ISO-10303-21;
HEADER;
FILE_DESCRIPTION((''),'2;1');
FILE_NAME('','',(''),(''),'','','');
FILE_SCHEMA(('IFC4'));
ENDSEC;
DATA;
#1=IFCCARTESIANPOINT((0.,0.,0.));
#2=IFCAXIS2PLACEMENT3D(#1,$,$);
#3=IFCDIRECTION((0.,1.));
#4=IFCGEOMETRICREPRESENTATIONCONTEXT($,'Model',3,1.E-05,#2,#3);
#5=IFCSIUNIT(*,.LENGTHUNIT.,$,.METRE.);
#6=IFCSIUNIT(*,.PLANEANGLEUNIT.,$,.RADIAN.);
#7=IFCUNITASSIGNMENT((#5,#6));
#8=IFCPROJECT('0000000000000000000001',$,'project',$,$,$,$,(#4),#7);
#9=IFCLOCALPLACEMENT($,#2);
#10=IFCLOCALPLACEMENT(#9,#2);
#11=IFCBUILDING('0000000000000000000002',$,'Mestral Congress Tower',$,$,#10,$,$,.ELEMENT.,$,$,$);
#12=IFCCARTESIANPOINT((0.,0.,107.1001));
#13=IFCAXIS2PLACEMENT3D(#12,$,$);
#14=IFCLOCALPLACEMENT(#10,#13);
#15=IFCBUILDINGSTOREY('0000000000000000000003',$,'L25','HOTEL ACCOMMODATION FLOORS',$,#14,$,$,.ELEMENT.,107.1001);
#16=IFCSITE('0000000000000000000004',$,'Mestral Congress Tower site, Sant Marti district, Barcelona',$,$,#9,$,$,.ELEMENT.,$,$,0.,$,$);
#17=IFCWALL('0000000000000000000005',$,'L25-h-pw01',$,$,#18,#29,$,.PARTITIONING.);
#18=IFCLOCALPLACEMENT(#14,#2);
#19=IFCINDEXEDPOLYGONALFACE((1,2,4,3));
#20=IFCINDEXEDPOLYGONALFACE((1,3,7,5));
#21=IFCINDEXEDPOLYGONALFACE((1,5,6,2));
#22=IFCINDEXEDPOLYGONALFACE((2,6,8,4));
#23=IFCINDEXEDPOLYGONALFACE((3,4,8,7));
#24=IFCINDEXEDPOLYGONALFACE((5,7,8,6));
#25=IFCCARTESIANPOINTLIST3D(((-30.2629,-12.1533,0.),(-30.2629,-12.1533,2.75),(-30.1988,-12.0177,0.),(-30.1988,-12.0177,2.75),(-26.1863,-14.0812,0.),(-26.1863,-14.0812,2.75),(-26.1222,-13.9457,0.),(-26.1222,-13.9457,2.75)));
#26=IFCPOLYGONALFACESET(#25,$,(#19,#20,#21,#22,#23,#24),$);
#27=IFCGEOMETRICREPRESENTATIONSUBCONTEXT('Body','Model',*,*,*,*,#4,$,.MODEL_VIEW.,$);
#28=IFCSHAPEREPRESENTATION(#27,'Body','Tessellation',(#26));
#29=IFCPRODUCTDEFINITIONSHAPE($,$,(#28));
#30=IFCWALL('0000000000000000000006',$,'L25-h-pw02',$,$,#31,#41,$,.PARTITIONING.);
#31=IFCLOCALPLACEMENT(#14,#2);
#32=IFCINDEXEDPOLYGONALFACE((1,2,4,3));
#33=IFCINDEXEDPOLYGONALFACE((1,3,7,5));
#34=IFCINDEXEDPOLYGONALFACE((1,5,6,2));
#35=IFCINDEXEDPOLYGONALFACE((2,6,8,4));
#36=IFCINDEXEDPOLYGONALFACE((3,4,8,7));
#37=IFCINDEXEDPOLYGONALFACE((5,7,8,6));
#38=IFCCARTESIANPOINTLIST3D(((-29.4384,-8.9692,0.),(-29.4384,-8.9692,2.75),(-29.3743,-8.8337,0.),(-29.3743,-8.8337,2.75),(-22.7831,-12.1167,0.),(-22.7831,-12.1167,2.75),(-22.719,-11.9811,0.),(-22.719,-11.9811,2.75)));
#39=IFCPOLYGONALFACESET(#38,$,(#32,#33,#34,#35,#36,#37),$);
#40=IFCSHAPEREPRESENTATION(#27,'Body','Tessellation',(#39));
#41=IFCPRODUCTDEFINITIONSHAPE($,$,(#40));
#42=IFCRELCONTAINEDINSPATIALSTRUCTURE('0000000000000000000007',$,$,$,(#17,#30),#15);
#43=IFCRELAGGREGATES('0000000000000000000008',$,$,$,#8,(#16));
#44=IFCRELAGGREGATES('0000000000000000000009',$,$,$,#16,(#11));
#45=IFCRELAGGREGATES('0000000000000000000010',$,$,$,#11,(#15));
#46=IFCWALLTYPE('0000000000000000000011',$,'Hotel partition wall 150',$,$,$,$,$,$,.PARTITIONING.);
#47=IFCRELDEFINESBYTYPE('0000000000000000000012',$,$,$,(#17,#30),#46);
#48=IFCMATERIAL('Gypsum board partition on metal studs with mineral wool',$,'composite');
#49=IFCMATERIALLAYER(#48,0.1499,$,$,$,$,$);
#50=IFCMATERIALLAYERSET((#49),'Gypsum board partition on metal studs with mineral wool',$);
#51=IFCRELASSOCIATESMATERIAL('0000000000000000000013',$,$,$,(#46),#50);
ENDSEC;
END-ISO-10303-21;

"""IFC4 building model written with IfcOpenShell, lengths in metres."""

from ifc_helpers import new_model, si_unit, direction, frame, frame_2d, origin, place, context, subcontext, project, spatial, rectangle, extrude, material, layer, layer_set, type_object, element, save


model = new_model("IFC4")

# Units and contexts
model_context = context("Model", 3, precision=1e-05, world=origin(), true_north=direction((0.0, 1.0)))
body_context = subcontext(model_context, "Body", "Model", "MODEL_VIEW")
ifc_project = project(units=[si_unit("LENGTHUNIT", "METRE"), si_unit("PLANEANGLEUNIT", "RADIAN")], contexts=[model_context])

# Site, building, storey
site_placement = place(None, origin())
site = spatial("IfcSite", under=ifc_project, at=site_placement, Name="Mestral Congress Tower site, Sant Marti district, Barcelona", CompositionType="ELEMENT", RefElevation=0.0)
building_placement = place(site_placement, origin())
building = spatial("IfcBuilding", under=site, at=building_placement, Name="Mestral Congress Tower", CompositionType="ELEMENT")
storey_placement = place(building_placement, frame((0.0, 0.0, 107.1001)))
storey = spatial("IfcBuildingStorey", under=building, at=storey_placement, Name="L25", Description="HOTEL ACCOMMODATION FLOORS", CompositionType="ELEMENT", Elevation=107.1001)

# Walls
ifc_material_1 = material(Name="Gypsum board partition on metal studs with mineral wool", Category="composite")
ifc_layer_1 = layer(ifc_material_1, 0.1499)
ifc_layer_set_1 = layer_set([ifc_layer_1], Name="Gypsum board partition on metal studs with mineral wool")
wall_type_1 = type_object("IfcWallType", Name="Hotel partition wall 150", PredefinedType="PARTITIONING", material=ifc_layer_set_1)
wall_1_placement = place(storey_placement, frame((-30.231, -12.0854, 0.0), z_axis=(0.0, 0.0, 1.0), x_axis=(0.904001, -0.42753, 0.0)))
element("IfcWall", 1, at=wall_1_placement, inside=storey, type_object=wall_type_1, Name="L25-h-pw01", PredefinedType="PARTITIONING", context=body_context, shape_type="SweptSolid", body=[
    extrude(rectangle(XDim=4.5095, YDim=0.1499, at=frame_2d((2.2549, 0.0))), origin(), (0.0, 0.0, 1.0), 2.75),
])
wall_2_placement = place(storey_placement, frame((-29.4065, -8.9014, 0.0), z_axis=(0.0, 0.0, 1.0), x_axis=(0.904002, -0.427527, 0.0)))
element("IfcWall", 2, at=wall_2_placement, inside=storey, type_object=wall_type_1, Name="L25-h-pw02", PredefinedType="PARTITIONING", context=body_context, shape_type="SweptSolid", body=[
    extrude(rectangle(XDim=7.3621, YDim=0.1499, at=frame_2d((3.6812, 0.0))), origin(), (0.0, 0.0, 1.0), 2.75),
])

save(model, "model.ifc")
